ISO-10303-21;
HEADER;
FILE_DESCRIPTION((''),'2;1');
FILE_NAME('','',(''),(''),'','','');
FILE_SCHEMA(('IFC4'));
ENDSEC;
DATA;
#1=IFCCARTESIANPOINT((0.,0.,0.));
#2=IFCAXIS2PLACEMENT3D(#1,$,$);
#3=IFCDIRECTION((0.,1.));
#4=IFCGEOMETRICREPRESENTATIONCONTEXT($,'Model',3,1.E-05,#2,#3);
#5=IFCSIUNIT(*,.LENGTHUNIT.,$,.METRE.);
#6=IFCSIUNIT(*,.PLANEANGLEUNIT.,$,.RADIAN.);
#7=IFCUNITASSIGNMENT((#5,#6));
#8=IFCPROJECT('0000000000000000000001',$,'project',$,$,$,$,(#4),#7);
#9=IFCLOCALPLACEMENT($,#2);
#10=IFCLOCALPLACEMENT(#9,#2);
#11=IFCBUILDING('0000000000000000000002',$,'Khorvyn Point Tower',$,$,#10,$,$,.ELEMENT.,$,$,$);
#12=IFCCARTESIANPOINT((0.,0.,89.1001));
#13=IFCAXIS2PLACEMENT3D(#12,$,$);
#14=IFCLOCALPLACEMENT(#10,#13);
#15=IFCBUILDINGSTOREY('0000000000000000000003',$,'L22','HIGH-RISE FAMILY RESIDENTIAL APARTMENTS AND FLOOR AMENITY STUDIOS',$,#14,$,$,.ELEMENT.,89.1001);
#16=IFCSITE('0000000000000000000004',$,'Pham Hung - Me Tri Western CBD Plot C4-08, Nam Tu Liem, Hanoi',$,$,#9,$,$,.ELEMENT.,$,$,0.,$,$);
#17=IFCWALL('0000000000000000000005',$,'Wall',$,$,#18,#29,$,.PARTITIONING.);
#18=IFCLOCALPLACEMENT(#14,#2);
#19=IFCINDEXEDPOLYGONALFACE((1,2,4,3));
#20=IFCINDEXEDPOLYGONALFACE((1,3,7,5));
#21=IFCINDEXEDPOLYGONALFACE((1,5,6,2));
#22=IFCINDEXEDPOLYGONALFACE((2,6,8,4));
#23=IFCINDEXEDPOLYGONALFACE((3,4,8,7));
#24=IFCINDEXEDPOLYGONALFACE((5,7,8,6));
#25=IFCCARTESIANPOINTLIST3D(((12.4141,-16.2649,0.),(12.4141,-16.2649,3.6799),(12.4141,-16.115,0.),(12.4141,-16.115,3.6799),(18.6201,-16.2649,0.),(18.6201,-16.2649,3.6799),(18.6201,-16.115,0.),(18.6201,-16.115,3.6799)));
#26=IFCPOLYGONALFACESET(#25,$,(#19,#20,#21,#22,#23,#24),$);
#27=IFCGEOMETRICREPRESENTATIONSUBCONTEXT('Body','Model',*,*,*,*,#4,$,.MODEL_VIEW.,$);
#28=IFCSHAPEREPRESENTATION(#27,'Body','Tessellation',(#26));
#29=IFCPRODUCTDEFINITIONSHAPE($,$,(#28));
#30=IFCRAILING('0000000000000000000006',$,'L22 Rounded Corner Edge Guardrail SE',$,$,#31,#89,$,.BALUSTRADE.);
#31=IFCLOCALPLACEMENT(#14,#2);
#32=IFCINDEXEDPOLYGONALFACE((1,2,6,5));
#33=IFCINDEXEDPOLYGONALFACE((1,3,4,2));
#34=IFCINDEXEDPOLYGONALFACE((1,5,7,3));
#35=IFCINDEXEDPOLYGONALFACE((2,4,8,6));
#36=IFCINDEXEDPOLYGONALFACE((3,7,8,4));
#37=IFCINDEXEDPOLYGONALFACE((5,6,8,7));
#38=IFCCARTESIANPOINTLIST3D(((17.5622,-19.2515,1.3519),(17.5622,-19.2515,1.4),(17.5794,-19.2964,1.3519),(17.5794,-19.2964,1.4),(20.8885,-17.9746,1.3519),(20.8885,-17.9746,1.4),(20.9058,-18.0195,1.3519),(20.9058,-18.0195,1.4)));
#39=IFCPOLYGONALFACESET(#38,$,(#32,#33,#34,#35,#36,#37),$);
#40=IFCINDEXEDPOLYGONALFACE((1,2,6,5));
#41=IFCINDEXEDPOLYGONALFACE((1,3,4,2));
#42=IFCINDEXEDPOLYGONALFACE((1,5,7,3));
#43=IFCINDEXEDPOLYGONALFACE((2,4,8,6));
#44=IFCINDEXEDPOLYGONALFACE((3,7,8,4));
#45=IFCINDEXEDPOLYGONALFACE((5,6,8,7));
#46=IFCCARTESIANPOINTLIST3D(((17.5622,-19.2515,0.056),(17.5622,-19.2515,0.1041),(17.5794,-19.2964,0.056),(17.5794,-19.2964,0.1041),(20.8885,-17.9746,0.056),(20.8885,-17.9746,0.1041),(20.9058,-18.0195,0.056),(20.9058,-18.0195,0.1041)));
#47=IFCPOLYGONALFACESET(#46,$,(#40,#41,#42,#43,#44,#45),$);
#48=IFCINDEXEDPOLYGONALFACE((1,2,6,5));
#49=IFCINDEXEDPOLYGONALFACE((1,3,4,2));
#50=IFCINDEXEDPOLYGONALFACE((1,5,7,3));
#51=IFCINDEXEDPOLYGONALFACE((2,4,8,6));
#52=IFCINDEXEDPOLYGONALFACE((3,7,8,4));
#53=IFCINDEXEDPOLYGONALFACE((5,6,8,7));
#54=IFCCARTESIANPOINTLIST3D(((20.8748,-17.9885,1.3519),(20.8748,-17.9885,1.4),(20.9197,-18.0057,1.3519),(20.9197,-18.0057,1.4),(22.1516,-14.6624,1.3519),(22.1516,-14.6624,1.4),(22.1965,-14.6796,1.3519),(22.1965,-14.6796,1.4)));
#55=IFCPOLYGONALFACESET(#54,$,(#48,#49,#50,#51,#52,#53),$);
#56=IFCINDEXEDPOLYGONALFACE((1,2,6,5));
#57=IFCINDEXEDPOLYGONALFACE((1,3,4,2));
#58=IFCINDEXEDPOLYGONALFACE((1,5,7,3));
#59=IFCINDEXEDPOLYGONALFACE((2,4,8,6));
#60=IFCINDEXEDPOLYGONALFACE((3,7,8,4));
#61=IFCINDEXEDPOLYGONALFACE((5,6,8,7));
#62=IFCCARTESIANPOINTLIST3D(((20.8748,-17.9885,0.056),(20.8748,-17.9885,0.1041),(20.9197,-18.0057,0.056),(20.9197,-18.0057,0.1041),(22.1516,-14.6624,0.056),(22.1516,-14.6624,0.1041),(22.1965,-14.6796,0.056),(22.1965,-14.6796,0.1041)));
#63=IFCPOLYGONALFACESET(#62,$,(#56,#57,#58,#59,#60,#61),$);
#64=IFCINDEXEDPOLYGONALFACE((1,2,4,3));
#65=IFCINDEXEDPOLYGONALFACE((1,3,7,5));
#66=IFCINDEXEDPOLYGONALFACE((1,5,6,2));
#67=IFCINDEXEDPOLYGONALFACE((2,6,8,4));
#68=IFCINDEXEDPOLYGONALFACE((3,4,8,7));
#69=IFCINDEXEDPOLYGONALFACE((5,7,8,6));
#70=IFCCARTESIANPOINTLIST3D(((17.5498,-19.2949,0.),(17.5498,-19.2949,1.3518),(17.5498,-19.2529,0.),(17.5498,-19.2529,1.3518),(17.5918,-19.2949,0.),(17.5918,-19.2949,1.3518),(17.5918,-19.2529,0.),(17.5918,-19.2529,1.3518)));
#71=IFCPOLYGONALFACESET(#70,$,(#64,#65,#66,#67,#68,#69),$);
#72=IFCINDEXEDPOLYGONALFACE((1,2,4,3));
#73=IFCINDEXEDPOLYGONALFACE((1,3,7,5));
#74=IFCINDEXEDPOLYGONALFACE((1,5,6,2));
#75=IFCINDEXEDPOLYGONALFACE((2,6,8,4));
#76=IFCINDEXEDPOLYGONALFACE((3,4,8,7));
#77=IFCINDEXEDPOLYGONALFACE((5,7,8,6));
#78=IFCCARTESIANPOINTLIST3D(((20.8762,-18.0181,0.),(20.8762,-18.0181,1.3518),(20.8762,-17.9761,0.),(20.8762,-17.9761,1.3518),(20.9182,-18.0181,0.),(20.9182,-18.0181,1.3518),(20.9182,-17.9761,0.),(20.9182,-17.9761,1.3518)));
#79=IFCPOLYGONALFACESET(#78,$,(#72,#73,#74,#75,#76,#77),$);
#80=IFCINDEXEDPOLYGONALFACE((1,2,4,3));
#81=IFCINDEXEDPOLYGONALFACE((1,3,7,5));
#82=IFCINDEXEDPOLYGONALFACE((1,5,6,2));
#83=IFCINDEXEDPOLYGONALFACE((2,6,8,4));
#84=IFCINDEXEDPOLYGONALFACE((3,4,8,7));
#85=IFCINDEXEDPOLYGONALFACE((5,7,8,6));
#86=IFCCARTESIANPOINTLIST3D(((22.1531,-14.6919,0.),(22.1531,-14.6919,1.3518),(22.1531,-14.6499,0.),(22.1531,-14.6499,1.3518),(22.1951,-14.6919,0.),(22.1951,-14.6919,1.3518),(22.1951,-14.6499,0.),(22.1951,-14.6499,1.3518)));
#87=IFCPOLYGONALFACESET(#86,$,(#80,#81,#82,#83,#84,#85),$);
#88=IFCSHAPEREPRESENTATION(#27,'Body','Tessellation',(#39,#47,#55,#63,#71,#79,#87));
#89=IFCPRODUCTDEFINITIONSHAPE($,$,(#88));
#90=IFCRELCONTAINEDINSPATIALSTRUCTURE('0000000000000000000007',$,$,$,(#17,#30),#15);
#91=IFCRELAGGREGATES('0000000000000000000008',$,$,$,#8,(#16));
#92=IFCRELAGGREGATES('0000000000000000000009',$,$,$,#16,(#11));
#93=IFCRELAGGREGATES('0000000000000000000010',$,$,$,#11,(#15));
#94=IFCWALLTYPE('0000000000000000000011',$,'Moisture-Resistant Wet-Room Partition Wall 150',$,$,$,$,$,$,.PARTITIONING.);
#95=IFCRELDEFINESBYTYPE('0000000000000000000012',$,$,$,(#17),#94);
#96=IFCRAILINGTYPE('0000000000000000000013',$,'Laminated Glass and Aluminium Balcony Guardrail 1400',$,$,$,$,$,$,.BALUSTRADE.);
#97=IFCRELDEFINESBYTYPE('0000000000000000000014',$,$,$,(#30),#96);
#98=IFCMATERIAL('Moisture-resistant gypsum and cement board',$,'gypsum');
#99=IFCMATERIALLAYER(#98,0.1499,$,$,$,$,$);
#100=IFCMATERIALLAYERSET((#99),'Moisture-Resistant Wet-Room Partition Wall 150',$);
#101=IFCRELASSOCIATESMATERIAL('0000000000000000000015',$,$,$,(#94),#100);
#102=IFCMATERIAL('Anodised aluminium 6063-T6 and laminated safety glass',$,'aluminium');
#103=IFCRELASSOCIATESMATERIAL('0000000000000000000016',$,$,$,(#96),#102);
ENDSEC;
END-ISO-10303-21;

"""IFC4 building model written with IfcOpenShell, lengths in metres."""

from ifc_helpers import new_model, si_unit, direction, frame, frame_2d, origin, origin_2d, place, context, subcontext, project, spatial, rectangle, extrude, material, layer, layer_set, type_object, element, save


model = new_model("IFC4")

# Units and contexts
model_context = context("Model", 3, precision=1e-05, world=origin(), true_north=direction((0.0, 1.0)))
body_context = subcontext(model_context, "Body", "Model", "MODEL_VIEW")
ifc_project = project(units=[si_unit("LENGTHUNIT", "METRE"), si_unit("PLANEANGLEUNIT", "RADIAN")], contexts=[model_context])

# Site, building, storey
site_placement = place(None, origin())
site = spatial("IfcSite", under=ifc_project, at=site_placement, Name="Pham Hung - Me Tri Western CBD Plot C4-08, Nam Tu Liem, Hanoi", CompositionType="ELEMENT", RefElevation=0.0)
building_placement = place(site_placement, origin())
building = spatial("IfcBuilding", under=site, at=building_placement, Name="Khorvyn Point Tower", CompositionType="ELEMENT")
storey_placement = place(building_placement, frame((0.0, 0.0, 89.1001)))
storey = spatial("IfcBuildingStorey", under=building, at=storey_placement, Name="L22", Description="HIGH-RISE FAMILY RESIDENTIAL APARTMENTS AND FLOOR AMENITY STUDIOS", CompositionType="ELEMENT", Elevation=89.1001)

# Shared definitions
ifc_material_1 = material(Name="Moisture-resistant gypsum and cement board", Category="gypsum")
ifc_layer_1 = layer(ifc_material_1, 0.1499)
ifc_layer_set_1 = layer_set([ifc_layer_1], Name="Moisture-Resistant Wet-Room Partition Wall 150")
wall_type_1 = type_object("IfcWallType", Name="Moisture-Resistant Wet-Room Partition Wall 150", PredefinedType="PARTITIONING", material=ifc_layer_set_1)

# Wall
wall_1_placement = place(storey_placement, frame((12.4141, -16.1899, 0.0), z_axis=(0.0, 0.0, 1.0), x_axis=(1.0, 0.0, 0.0)))
element("IfcWall", 1, at=wall_1_placement, inside=storey, type_object=wall_type_1, Name="Wall", PredefinedType="PARTITIONING", context=body_context, shape_type="SweptSolid", body=[
    extrude(rectangle(XDim=6.2061, YDim=0.1499, at=frame_2d((3.103, 0.0))), origin(), (0.0, 0.0, 1.0), 3.6799),
])

# Railing
ifc_material_2 = material(Name="Anodised aluminium 6063-T6 and laminated safety glass", Category="aluminium")
railing_type = type_object("IfcRailingType", Name="Laminated Glass and Aluminium Balcony Guardrail 1400", PredefinedType="BALUSTRADE", material=ifc_material_2)
railing_1_placement = place(storey_placement, frame((17.5708, -19.2739, 0.0)))
element("IfcRailing", 2, at=railing_1_placement, inside=storey, type_object=railing_type, Name="L22 Rounded Corner Edge Guardrail SE", PredefinedType="BALUSTRADE", context=body_context, shape_type="SweptSolid", body=[
    extrude(rectangle(XDim=0.0481, YDim=0.0481, at=origin_2d()), frame((0.0, 0.0, 1.376), z_axis=(0.933584, 0.358359, 0.0), x_axis=(-0.358359, 0.933584, 0.0)), (0.0, 0.0, 1.0), 3.563),
    extrude(rectangle(XDim=0.0481, YDim=0.0481, at=origin_2d()), frame((0.0, 0.0, 0.0801), z_axis=(0.933584, 0.358359, 0.0), x_axis=(-0.358359, 0.933584, 0.0)), (0.0, 0.0, 1.0), 3.563),
    extrude(rectangle(XDim=0.0481, YDim=0.0481, at=origin_2d()), frame((3.3264, 1.2769, 1.376), z_axis=(0.358382, 0.933575, 0.0), x_axis=(-0.933575, 0.358382, 0.0)), (0.0, 0.0, 1.0), 3.5627),
    extrude(rectangle(XDim=0.0481, YDim=0.0481, at=origin_2d()), frame((3.3264, 1.2769, 0.0801), z_axis=(0.358382, 0.933575, 0.0), x_axis=(-0.933575, 0.358382, 0.0)), (0.0, 0.0, 1.0), 3.5627),
    extrude(rectangle(XDim=0.042, YDim=0.042, at=origin_2d()), origin(), (0.0, 0.0, 1.0), 1.3518),
    extrude(rectangle(XDim=0.042, YDim=0.042, at=origin_2d()), frame((3.3264, 1.2769, 0.0)), (0.0, 0.0, 1.0), 1.3518),
    extrude(rectangle(XDim=0.042, YDim=0.042, at=origin_2d()), frame((4.6033, 4.603, 0.0)), (0.0, 0.0, 1.0), 1.3518),
])

save(model, "model.ifc")
